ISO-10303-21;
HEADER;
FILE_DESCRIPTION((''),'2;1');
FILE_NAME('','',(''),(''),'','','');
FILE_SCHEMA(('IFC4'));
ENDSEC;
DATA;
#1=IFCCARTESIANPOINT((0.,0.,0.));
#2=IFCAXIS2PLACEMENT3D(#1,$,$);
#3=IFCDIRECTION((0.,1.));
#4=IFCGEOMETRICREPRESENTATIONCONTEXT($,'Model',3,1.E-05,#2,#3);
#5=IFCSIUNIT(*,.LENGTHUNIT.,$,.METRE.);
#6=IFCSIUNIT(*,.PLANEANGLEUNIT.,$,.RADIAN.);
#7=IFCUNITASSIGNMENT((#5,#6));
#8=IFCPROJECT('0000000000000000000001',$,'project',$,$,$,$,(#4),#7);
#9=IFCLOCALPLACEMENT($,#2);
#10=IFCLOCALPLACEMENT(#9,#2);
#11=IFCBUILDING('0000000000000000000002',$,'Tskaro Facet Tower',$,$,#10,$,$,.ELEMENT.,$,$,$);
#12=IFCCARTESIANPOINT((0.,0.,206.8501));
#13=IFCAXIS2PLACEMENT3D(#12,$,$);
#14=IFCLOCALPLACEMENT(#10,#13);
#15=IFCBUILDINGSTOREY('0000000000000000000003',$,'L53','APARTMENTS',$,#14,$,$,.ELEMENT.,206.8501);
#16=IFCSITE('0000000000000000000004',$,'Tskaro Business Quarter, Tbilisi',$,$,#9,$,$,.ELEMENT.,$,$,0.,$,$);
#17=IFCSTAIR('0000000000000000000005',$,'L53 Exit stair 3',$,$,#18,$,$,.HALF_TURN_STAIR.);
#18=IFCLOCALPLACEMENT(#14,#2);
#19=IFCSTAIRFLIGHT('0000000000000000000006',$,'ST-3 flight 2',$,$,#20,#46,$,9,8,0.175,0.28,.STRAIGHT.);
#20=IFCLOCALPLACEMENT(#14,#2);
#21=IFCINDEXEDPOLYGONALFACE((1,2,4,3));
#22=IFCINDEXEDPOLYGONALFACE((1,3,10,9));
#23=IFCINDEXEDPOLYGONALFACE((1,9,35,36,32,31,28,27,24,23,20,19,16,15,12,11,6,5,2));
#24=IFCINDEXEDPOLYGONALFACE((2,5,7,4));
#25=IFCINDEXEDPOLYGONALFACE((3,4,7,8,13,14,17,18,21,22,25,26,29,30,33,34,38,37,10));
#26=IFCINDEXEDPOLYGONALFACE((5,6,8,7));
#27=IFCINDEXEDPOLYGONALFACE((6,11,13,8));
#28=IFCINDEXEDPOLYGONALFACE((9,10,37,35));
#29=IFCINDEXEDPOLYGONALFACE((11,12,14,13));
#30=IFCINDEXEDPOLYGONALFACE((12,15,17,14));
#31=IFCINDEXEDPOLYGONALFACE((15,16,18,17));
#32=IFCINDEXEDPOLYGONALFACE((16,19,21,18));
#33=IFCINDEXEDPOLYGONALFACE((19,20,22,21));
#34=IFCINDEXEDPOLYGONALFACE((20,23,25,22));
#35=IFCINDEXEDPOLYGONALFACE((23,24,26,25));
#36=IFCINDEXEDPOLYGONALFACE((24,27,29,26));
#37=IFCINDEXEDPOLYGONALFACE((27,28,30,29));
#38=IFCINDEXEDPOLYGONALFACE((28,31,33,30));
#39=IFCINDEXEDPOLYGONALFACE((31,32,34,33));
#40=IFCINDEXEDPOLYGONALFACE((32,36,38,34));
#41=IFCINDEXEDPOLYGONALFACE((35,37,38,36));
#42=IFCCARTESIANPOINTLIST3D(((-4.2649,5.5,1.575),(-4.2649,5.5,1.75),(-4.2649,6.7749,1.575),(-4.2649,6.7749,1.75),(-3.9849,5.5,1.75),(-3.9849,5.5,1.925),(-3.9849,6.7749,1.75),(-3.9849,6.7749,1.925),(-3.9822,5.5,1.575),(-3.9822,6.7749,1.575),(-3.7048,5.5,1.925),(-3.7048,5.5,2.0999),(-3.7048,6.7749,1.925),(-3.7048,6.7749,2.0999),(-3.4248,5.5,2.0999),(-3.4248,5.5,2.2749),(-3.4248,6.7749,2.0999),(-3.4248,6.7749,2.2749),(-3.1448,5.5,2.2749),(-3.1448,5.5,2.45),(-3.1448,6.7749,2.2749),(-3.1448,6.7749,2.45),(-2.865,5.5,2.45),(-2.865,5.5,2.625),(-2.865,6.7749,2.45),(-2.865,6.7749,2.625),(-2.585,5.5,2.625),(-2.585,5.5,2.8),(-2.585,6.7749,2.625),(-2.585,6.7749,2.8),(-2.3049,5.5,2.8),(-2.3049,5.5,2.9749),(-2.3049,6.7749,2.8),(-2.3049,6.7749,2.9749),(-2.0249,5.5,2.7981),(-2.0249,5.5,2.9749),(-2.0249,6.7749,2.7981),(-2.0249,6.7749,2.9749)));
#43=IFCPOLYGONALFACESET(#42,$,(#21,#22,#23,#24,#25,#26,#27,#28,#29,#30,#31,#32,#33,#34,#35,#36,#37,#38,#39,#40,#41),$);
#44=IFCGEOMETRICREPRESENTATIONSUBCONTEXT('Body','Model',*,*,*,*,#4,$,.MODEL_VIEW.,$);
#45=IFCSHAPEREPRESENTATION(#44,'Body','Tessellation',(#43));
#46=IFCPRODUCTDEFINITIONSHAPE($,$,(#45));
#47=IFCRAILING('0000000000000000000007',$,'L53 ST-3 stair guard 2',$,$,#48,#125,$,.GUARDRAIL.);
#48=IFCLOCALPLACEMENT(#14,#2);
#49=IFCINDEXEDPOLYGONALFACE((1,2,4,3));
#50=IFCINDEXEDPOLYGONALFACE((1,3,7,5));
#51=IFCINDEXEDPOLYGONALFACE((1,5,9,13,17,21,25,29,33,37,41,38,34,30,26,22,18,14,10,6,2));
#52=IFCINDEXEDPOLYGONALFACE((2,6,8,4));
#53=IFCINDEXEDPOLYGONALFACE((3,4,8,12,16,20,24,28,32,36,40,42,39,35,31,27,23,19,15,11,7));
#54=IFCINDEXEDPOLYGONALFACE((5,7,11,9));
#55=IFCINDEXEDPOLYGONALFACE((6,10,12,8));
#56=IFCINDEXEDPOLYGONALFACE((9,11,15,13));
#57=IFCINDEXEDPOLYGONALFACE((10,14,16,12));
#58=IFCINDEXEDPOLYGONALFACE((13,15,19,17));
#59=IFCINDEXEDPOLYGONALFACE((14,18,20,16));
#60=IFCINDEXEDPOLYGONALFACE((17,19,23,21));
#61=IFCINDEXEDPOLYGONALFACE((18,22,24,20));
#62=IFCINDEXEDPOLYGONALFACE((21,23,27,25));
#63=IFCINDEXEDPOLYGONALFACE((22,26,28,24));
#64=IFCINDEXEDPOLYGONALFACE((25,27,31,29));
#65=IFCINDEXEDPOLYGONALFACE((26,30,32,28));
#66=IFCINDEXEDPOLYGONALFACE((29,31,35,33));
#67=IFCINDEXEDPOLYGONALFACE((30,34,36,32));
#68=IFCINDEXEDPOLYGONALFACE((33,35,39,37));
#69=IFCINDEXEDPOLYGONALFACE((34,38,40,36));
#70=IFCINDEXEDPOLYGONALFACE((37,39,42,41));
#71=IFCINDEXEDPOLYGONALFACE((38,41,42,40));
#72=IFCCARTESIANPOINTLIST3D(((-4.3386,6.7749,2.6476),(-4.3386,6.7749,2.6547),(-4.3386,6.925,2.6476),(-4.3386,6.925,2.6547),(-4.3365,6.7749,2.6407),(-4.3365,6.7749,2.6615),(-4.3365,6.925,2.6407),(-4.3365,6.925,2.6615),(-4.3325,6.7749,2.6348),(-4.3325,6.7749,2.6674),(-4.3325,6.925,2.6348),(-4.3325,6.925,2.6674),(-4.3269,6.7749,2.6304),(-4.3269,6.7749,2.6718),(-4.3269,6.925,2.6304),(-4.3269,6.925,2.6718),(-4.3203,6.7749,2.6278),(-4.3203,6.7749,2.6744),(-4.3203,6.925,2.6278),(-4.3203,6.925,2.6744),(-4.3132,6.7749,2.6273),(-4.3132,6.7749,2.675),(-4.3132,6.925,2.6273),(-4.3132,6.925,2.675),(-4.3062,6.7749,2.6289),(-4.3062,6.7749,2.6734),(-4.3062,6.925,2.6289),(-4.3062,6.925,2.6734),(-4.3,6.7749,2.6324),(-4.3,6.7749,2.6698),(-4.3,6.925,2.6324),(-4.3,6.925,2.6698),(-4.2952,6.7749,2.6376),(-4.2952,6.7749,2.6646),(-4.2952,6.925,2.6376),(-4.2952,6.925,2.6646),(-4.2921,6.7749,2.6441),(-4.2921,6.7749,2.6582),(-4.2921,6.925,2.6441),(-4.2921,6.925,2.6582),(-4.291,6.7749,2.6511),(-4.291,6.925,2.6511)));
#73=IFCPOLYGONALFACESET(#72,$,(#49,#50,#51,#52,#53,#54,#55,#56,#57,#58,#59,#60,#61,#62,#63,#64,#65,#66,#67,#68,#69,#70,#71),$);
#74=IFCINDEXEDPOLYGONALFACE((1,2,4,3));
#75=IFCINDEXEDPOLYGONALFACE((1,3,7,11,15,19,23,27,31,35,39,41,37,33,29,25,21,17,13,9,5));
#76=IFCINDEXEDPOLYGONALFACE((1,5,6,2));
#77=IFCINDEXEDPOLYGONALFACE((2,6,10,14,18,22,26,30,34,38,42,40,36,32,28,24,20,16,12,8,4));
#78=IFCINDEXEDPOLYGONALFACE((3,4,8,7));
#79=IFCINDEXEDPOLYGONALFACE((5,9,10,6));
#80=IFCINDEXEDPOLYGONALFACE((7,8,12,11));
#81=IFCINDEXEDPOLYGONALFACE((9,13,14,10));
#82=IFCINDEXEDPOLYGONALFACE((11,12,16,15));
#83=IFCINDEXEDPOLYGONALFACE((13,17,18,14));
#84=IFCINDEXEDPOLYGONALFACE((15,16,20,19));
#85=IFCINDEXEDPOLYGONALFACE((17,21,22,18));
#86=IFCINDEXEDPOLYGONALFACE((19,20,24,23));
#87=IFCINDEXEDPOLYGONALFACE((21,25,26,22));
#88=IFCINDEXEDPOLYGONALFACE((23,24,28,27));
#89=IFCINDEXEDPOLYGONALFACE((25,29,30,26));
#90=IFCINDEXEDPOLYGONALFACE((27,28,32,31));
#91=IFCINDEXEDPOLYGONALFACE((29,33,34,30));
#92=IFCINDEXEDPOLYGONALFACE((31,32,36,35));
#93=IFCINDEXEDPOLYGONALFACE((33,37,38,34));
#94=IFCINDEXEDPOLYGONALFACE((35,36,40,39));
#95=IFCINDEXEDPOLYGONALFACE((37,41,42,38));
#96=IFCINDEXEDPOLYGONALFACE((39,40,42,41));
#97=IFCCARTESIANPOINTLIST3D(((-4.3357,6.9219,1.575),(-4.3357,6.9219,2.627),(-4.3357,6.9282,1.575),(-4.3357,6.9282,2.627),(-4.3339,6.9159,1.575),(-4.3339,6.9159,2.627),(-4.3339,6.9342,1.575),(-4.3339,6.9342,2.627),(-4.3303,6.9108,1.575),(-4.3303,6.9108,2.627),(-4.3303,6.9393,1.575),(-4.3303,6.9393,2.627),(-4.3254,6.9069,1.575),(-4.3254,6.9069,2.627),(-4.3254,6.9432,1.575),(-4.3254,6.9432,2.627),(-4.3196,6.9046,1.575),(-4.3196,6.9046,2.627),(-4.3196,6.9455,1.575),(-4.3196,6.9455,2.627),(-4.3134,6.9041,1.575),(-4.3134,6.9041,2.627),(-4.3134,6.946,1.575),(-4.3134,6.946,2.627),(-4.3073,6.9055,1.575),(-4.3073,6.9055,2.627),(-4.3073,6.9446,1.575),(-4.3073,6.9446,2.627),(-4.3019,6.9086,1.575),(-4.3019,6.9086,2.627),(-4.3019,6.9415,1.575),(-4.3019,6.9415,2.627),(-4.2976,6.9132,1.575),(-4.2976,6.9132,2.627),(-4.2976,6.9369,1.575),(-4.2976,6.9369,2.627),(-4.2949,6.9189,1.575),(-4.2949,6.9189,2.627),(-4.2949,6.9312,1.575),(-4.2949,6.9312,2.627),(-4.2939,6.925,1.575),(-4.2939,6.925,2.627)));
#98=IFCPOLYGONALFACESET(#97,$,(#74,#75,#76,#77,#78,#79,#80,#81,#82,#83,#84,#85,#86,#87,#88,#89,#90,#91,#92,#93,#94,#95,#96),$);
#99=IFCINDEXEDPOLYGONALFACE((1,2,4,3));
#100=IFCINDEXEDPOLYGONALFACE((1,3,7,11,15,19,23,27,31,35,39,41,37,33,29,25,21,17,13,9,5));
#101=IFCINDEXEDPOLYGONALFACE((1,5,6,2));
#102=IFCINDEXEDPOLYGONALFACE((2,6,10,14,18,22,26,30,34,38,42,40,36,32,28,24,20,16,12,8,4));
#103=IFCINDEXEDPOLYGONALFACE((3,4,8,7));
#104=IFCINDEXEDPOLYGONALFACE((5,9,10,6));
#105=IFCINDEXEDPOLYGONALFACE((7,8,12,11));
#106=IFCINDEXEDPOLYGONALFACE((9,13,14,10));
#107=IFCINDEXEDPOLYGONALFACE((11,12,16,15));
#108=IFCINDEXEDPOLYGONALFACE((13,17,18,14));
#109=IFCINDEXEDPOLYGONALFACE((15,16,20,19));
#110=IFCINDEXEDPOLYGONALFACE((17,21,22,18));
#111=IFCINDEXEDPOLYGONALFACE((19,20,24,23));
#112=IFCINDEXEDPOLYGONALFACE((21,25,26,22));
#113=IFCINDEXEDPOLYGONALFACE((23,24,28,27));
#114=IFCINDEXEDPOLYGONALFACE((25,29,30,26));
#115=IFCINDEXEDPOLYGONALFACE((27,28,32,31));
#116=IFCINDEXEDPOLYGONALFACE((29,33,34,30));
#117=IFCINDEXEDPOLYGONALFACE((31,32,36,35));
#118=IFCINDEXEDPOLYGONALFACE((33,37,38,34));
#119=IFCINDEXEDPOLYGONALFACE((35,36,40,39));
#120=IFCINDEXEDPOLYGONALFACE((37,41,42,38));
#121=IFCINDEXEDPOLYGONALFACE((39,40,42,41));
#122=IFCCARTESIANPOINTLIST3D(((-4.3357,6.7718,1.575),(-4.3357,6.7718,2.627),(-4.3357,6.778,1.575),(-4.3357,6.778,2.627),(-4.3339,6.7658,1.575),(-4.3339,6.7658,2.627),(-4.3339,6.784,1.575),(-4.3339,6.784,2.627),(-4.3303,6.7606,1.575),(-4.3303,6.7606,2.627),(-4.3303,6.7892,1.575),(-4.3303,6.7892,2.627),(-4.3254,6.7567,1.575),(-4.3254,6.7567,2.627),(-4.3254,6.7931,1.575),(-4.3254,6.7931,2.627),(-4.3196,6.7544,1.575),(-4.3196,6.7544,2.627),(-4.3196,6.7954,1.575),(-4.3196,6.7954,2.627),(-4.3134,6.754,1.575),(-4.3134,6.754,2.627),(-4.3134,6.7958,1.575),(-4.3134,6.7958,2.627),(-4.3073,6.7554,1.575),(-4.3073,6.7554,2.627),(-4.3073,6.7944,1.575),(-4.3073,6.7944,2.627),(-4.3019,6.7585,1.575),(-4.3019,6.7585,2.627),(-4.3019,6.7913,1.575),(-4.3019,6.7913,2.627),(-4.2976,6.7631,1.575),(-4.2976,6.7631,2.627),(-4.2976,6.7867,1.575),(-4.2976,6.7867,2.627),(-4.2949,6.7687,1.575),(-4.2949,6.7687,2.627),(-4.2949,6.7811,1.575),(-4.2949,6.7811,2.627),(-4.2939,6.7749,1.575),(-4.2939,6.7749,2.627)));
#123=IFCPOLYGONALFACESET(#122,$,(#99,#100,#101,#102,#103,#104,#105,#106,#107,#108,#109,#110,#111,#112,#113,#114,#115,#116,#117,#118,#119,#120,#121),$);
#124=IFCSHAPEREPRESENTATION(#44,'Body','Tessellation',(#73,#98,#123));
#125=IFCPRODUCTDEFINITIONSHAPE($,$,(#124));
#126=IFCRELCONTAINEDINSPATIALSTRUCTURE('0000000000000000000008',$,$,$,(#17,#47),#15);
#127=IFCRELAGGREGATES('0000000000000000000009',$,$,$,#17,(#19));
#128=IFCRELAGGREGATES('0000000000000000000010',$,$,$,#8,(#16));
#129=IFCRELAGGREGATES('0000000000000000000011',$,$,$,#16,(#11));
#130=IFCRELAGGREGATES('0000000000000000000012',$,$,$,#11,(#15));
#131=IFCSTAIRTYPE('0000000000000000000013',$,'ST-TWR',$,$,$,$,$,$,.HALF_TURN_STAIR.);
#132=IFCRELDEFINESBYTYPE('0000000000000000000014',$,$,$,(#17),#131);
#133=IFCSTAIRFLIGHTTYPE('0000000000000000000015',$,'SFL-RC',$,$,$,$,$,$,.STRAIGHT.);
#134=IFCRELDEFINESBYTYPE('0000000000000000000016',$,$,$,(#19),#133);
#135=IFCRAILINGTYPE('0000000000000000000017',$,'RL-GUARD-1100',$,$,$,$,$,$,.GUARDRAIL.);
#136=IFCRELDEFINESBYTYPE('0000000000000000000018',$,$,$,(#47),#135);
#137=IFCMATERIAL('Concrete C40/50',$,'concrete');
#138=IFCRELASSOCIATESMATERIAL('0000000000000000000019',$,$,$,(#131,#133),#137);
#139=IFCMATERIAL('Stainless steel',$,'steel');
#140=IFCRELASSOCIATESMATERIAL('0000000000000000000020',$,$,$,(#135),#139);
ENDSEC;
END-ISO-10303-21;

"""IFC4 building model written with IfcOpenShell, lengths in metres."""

from ifc_helpers import new_model, si_unit, direction, frame, origin, origin_2d, place, context, subcontext, project, spatial, polyline, circle, outline, extrude, material, type_object, element, aggregate, save


model = new_model("IFC4")

# Units and contexts
model_context = context("Model", 3, precision=1e-05, world=origin(), true_north=direction((0.0, 1.0)))
body_context = subcontext(model_context, "Body", "Model", "MODEL_VIEW")
ifc_project = project(units=[si_unit("LENGTHUNIT", "METRE"), si_unit("PLANEANGLEUNIT", "RADIAN")], contexts=[model_context])

# Site, building, storey
site_placement = place(None, origin())
site = spatial("IfcSite", under=ifc_project, at=site_placement, Name="Tskaro Business Quarter, Tbilisi", CompositionType="ELEMENT", RefElevation=0.0)
building_placement = place(site_placement, origin())
building = spatial("IfcBuilding", under=site, at=building_placement, Name="Tskaro Facet Tower", CompositionType="ELEMENT")
storey_placement = place(building_placement, frame((0.0, 0.0, 206.8501)))
storey = spatial("IfcBuildingStorey", under=building, at=storey_placement, Name="L53", Description="APARTMENTS", CompositionType="ELEMENT", Elevation=206.8501)

# Shared definitions
ifc_material_1 = material(Name="Concrete C40/50", Category="concrete")

# Stair, stair flight
stair_type = type_object("IfcStairType", Name="ST-TWR", PredefinedType="HALF_TURN_STAIR", material=ifc_material_1)
stair_placement = place(storey_placement, origin())
stair = element("IfcStair", 1, at=stair_placement, inside=storey, type_object=stair_type, Name="L53 Exit stair 3", PredefinedType="HALF_TURN_STAIR")
stair_flight_type = type_object("IfcStairFlightType", Name="SFL-RC", PredefinedType="STRAIGHT", material=ifc_material_1)
stair_flight_placement = place(storey_placement, frame((-4.2649, 6.1375, 1.575), z_axis=(0.0, 0.0, 1.0), x_axis=(1.0, 0.0, 0.0)))
stair_flight = element("IfcStairFlight", 2, at=stair_flight_placement, type_object=stair_flight_type, Name="ST-3 flight 2", NumberOfRisers=9, NumberOfTreads=8, PredefinedType="STRAIGHT", RiserHeight=0.175, TreadLength=0.28, context=body_context, shape_type="SweptSolid", body=[
    extrude(outline(polyline([(0.0, 0.0), (0.0, 0.175), (0.28, 0.175), (0.28, 0.3501), (0.5601, 0.3501), (0.5601, 0.5249), (0.8401, 0.5249), (0.8401, 0.7), (1.1201, 0.7), (1.1201, 0.875), (1.3999, 0.875), (1.3999, 1.05), (1.6799, 1.05), (1.6799, 1.2251), (1.96, 1.2251), (1.96, 1.3999), (2.24, 1.3999), (2.24, 1.575), (2.24, 1.2231), (0.2827, 0.0), (0.0, 0.0)])), frame((0.0, 0.6375, 0.0), z_axis=(0.0, -1.0, 0.0), x_axis=(1.0, 0.0, 0.0)), (0.0, 0.0, 1.0), 1.2749),
])
aggregate(stair, [stair_flight])

# Railing
ifc_material_2 = material(Name="Stainless steel", Category="steel")
railing_type_1 = type_object("IfcRailingType", Name="RL-GUARD-1100", PredefinedType="GUARDRAIL", material=ifc_material_2)
railing_1_placement = place(storey_placement, frame((-4.3149, 6.925, 1.575)))
element("IfcRailing", 3, at=railing_1_placement, inside=storey, type_object=railing_type_1, Name="L53 ST-3 stair guard 2", PredefinedType="GUARDRAIL", context=body_context, shape_type="SweptSolid", body=[
    extrude(circle(Radius=0.0239, at=origin_2d()), frame((0.0, 0.0, 1.0762), z_axis=(0.0, -1.0, 0.0), x_axis=(1.0, 0.0, 0.0)), (0.0, 0.0, 1.0), 0.1501),
    extrude(circle(Radius=0.021, at=origin_2d()), origin(), (0.0, 0.0, 1.0), 1.052),
    extrude(circle(Radius=0.021, at=origin_2d()), frame((0.0, -0.1501, 0.0)), (0.0, 0.0, 1.0), 1.052),
])

save(model, "model.ifc")
